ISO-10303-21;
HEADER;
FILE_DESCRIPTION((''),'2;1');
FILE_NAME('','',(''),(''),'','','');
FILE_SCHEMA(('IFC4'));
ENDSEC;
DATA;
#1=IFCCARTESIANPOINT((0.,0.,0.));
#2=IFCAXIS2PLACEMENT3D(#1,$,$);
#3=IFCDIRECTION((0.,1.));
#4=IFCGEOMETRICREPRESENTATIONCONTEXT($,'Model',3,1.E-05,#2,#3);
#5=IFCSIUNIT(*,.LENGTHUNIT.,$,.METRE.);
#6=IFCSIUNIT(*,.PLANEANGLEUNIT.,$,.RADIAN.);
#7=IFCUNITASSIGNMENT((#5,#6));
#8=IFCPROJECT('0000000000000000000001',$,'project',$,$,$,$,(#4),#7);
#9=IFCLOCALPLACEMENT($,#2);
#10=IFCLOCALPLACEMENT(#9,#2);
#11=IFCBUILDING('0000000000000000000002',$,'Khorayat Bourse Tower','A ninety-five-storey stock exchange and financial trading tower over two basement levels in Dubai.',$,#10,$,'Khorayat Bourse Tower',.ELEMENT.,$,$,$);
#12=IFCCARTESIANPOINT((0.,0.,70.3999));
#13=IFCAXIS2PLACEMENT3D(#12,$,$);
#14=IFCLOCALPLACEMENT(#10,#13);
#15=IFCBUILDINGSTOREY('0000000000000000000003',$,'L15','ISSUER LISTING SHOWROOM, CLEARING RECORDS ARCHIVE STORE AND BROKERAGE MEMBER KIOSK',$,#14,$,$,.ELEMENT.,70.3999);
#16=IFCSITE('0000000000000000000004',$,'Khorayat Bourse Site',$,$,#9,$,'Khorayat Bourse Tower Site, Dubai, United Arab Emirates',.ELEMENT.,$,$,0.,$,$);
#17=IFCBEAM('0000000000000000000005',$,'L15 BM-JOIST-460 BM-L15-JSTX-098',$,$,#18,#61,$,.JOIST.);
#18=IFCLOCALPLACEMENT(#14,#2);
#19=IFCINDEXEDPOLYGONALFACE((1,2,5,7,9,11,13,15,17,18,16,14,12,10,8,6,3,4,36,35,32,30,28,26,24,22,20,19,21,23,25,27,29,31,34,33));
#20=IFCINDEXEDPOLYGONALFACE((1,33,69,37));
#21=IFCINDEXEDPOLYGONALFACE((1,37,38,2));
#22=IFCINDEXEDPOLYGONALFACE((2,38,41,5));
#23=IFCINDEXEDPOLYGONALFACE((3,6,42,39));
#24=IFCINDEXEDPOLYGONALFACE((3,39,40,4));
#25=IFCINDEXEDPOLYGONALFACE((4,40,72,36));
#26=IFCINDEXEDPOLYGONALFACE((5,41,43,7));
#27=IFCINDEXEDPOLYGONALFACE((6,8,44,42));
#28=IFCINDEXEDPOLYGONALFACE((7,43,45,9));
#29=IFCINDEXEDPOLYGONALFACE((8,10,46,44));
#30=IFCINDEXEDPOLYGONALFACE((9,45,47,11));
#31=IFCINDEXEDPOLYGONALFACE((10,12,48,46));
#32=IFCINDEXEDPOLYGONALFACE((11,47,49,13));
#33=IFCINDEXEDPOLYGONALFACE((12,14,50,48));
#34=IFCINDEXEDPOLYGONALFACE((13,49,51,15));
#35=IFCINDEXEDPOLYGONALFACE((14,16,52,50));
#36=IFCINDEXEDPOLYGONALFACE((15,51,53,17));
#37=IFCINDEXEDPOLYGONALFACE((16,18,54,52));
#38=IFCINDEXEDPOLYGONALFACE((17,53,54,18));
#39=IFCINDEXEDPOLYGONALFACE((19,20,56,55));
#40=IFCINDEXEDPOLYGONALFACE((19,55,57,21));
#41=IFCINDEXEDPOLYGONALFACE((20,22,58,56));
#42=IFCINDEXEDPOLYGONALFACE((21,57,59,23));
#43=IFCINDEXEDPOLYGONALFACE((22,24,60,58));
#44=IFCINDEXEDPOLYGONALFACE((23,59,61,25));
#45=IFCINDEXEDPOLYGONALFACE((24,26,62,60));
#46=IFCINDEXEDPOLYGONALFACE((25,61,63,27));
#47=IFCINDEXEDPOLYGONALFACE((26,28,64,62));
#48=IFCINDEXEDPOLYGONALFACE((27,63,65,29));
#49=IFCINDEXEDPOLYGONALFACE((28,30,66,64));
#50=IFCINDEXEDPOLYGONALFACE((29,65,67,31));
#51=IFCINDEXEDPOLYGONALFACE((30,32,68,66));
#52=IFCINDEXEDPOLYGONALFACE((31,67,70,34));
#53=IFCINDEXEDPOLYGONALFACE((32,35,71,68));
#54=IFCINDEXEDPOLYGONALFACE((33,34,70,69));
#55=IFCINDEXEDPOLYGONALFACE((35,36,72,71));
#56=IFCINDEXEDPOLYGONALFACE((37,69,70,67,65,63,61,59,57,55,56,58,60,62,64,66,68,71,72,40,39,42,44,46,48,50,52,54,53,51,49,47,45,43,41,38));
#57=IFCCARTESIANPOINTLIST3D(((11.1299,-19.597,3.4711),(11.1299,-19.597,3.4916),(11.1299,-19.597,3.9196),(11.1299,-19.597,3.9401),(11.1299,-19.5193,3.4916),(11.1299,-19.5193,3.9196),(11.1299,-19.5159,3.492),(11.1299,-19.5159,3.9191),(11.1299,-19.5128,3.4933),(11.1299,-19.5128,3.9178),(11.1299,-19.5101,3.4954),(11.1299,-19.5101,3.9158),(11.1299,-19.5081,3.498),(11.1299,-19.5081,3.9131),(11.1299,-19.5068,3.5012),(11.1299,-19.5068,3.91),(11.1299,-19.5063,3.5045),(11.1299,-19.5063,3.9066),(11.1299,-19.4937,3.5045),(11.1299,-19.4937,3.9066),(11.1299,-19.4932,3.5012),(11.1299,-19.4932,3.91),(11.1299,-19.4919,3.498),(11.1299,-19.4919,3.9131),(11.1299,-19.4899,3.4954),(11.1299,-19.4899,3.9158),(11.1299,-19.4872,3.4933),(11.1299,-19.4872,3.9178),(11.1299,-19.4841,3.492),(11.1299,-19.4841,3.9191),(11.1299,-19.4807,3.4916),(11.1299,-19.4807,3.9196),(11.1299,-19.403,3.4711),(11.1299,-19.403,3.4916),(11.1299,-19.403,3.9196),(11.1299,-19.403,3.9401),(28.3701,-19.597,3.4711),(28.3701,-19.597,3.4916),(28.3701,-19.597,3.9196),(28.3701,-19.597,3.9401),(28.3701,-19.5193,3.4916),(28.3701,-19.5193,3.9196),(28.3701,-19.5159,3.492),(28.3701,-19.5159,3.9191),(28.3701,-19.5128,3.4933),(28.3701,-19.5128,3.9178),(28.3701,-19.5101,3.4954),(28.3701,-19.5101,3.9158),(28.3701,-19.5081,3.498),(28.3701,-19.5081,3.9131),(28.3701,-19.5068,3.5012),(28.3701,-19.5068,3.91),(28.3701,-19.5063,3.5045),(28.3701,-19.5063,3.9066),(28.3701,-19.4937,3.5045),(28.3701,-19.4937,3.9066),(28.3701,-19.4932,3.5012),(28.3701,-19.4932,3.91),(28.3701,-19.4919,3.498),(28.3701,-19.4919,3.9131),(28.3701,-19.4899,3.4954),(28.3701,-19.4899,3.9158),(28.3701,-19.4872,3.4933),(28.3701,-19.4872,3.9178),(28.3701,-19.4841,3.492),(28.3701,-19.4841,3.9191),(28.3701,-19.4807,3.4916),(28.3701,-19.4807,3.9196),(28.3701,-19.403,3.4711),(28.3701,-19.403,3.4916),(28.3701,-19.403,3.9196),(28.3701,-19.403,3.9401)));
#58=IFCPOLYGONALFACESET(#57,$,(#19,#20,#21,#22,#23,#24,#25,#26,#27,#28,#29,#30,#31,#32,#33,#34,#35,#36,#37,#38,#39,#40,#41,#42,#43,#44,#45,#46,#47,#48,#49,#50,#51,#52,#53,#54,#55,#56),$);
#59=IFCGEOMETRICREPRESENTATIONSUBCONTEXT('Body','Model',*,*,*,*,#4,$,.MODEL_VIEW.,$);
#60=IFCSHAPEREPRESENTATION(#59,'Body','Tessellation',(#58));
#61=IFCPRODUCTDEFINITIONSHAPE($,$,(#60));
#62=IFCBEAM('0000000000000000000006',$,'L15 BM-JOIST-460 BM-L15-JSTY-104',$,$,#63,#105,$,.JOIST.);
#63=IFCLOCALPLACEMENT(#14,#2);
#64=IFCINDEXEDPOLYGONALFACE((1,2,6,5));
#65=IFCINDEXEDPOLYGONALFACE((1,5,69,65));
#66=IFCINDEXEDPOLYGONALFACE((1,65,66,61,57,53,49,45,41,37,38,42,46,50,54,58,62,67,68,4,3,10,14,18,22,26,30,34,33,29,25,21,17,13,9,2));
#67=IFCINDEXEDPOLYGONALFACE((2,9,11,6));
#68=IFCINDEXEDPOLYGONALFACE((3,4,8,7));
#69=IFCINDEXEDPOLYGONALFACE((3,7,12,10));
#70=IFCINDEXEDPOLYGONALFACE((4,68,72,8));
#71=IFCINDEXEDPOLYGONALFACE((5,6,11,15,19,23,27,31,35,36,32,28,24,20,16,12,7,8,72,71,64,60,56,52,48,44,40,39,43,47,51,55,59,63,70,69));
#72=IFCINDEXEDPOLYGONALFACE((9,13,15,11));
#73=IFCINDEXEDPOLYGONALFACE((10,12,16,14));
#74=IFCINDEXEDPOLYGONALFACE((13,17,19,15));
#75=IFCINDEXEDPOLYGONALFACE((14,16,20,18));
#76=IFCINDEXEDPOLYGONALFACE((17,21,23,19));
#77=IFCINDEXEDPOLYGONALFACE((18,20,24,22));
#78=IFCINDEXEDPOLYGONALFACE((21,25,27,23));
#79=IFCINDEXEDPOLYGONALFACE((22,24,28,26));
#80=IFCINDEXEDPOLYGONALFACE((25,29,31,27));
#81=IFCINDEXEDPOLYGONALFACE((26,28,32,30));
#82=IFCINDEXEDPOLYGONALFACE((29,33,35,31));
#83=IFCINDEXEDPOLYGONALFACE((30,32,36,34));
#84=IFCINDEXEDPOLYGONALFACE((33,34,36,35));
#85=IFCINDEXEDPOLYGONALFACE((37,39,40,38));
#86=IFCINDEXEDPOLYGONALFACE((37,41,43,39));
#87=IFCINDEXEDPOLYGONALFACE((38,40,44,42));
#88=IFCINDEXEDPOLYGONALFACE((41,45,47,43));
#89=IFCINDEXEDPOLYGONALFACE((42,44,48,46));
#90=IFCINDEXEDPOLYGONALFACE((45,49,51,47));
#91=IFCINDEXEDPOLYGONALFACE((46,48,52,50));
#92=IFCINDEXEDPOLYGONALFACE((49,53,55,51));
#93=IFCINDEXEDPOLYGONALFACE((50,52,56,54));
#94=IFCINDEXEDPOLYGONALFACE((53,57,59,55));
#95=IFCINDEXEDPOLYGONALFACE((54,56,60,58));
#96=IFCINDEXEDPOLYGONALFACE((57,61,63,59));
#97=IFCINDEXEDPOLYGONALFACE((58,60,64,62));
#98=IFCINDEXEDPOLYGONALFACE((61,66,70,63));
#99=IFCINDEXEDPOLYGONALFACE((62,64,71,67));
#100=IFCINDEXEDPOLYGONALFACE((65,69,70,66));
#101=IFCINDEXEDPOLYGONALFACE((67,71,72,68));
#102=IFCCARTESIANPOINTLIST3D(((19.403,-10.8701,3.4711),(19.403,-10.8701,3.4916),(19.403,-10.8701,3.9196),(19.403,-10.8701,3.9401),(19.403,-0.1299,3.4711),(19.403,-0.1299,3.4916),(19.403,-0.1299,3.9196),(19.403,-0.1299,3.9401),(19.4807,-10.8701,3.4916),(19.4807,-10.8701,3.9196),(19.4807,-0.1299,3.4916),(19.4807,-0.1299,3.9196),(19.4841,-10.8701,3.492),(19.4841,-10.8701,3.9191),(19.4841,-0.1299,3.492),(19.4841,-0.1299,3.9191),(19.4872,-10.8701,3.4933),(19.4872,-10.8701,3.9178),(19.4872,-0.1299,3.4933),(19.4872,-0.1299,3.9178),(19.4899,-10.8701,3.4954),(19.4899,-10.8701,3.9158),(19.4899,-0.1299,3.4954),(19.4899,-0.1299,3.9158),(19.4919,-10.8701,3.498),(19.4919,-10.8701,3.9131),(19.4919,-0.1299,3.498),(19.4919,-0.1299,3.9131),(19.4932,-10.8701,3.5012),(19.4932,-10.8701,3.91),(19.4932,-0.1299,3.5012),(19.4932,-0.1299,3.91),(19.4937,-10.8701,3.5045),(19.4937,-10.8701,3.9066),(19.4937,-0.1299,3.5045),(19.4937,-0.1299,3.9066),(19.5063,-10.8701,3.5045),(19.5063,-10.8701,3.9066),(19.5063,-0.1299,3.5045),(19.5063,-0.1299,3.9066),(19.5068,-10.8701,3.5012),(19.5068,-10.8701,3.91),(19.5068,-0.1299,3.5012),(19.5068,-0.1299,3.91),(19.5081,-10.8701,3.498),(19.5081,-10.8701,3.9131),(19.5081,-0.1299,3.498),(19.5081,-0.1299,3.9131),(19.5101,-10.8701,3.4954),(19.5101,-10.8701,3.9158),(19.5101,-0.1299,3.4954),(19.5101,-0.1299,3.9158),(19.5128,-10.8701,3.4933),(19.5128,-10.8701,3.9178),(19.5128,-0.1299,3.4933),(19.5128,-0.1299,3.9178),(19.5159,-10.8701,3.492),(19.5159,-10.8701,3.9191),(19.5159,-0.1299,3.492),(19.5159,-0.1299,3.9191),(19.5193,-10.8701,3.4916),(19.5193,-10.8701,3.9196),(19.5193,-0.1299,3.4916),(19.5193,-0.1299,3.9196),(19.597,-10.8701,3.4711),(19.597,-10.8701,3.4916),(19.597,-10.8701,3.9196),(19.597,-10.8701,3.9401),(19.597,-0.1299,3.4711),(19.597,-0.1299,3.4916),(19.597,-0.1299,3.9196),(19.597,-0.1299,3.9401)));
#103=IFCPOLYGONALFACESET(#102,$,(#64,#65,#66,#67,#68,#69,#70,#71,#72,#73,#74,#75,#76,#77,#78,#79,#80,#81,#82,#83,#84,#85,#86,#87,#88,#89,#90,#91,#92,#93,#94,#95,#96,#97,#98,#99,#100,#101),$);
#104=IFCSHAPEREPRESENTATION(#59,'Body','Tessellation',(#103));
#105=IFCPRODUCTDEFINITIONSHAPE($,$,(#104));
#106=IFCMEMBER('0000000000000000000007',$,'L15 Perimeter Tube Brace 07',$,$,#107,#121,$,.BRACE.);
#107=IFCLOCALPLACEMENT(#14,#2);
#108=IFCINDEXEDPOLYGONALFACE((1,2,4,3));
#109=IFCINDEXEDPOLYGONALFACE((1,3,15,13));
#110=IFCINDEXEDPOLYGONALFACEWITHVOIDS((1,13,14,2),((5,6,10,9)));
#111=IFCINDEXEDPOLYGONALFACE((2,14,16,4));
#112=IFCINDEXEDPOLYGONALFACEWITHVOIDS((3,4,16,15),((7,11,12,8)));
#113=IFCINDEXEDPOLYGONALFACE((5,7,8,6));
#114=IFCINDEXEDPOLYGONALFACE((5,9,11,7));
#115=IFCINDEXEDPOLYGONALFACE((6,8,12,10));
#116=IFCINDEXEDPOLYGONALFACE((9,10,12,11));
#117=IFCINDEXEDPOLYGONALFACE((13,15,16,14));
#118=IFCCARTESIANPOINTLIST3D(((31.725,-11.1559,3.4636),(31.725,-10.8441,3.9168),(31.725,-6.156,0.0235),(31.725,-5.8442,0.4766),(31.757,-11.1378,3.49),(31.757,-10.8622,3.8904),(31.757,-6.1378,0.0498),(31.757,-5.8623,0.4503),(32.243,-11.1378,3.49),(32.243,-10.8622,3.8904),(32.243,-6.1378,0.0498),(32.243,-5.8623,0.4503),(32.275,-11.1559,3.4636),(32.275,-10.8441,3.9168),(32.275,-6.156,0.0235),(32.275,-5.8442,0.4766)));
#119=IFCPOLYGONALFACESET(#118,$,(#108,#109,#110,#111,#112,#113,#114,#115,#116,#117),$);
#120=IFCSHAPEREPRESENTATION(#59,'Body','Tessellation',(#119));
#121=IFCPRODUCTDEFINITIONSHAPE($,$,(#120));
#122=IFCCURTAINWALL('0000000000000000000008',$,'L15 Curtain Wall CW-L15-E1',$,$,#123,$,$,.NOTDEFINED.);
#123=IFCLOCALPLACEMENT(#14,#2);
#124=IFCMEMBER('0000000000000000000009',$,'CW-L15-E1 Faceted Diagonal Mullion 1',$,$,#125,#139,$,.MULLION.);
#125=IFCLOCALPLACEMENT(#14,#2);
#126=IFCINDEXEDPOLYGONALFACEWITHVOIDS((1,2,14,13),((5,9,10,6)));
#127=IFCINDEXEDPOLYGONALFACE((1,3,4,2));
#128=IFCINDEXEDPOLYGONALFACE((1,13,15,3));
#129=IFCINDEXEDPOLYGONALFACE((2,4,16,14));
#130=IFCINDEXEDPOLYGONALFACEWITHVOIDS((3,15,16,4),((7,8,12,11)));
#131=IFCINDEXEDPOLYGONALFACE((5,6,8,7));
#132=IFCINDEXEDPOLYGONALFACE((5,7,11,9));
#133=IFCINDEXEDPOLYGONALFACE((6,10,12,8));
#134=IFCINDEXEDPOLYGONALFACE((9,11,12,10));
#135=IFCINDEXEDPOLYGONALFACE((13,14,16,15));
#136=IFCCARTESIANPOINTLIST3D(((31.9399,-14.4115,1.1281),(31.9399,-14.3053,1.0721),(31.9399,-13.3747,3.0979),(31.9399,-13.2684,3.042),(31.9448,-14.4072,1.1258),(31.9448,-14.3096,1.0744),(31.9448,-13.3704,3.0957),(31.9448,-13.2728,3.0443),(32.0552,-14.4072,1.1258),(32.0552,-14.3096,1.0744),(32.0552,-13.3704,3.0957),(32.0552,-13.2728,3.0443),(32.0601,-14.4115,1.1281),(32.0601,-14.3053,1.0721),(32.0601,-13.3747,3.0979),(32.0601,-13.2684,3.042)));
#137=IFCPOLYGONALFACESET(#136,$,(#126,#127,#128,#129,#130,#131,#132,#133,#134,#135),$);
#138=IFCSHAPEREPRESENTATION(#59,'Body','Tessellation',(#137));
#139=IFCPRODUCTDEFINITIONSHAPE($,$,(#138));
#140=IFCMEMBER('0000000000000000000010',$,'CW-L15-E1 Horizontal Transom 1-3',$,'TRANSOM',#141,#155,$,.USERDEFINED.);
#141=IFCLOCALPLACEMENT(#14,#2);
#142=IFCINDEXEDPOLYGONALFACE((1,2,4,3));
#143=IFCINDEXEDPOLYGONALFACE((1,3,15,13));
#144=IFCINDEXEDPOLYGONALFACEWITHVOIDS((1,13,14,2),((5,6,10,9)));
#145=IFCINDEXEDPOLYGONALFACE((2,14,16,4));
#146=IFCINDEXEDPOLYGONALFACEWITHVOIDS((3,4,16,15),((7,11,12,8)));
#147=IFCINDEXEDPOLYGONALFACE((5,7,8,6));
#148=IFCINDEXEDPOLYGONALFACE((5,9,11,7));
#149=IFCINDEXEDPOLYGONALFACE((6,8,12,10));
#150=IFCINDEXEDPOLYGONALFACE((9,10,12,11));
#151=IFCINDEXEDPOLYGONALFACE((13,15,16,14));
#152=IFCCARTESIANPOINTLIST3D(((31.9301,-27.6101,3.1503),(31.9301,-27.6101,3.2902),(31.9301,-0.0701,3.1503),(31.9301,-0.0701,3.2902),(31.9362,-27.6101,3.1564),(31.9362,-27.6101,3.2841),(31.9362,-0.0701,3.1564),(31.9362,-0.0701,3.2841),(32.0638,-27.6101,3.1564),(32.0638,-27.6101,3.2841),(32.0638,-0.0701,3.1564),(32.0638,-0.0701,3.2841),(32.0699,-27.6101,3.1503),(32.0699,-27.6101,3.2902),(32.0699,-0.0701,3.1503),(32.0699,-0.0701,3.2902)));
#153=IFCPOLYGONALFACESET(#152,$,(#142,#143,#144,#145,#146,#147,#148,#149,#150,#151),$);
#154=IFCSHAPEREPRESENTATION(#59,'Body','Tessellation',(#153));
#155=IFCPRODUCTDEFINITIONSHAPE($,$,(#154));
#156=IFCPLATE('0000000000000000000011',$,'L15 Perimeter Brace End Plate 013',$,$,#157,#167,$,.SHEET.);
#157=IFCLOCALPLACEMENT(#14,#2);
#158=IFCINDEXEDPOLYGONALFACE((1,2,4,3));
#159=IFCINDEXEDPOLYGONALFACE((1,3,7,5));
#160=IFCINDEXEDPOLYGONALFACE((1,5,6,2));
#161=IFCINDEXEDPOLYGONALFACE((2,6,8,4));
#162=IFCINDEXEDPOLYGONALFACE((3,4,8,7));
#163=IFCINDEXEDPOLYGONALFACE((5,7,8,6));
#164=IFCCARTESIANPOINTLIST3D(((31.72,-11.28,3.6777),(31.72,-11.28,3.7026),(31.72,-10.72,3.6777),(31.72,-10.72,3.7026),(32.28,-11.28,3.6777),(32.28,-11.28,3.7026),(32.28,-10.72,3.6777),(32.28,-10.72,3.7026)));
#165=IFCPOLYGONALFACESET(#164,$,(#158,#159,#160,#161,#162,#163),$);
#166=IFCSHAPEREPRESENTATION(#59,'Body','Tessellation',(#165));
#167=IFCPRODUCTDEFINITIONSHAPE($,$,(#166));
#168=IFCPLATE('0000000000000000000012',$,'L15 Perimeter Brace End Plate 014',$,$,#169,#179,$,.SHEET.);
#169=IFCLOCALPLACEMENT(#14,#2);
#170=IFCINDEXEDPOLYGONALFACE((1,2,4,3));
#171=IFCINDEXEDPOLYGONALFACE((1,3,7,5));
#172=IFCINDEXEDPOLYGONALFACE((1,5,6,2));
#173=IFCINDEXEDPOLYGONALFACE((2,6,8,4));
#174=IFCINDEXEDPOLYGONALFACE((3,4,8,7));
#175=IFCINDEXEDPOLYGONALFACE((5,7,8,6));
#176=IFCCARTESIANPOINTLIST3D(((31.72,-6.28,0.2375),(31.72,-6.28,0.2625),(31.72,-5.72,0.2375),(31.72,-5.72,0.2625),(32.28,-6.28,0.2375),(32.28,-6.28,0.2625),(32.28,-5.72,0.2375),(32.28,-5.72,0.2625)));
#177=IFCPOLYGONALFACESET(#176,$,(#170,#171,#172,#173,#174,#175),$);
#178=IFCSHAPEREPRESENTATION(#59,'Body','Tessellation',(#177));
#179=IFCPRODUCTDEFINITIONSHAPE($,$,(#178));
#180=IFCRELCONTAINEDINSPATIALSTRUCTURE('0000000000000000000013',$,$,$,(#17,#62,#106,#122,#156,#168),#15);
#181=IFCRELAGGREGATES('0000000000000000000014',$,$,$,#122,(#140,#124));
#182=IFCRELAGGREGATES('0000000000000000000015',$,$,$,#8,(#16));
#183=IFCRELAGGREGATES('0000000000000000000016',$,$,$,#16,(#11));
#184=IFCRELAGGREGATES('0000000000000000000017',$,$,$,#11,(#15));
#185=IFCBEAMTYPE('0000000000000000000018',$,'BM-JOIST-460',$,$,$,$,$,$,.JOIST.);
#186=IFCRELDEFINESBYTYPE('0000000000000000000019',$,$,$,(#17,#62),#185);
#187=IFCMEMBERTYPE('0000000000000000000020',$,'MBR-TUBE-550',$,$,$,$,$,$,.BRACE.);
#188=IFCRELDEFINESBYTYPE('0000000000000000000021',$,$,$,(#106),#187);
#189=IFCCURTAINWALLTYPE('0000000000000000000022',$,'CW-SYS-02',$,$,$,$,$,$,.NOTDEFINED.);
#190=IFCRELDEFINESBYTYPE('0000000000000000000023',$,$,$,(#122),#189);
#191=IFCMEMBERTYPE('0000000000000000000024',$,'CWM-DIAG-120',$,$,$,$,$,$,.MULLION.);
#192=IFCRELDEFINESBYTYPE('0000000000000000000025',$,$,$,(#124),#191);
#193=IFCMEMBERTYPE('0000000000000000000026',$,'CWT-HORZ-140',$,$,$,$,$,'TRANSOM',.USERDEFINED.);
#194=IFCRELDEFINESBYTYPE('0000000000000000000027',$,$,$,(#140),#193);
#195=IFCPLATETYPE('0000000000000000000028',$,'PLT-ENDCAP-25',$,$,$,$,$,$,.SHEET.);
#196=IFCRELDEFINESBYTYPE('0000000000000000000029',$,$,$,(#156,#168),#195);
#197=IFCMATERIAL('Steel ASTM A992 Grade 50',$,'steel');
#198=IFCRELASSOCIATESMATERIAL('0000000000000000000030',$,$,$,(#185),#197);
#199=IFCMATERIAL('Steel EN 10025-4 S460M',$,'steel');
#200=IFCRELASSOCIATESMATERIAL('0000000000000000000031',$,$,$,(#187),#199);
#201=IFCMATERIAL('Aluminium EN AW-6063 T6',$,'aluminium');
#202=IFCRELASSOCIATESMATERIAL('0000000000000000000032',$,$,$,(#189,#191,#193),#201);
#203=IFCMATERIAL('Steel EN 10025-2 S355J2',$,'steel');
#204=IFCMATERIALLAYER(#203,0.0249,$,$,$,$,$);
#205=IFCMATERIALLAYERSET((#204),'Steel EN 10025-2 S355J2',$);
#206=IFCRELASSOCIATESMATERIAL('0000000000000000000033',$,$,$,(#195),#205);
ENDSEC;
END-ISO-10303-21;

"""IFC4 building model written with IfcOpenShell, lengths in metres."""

from ifc_helpers import new_model, si_unit, direction, frame, origin, origin_2d, place, context, subcontext, project, spatial, rectangle, hollow_rectangle, i_section, extrude, source, transform, mapped, material, layer, layer_set, material_profile, profile_set, type_object, element, aggregate, save


model = new_model("IFC4")

# Units and contexts
model_context = context("Model", 3, precision=1e-05, world=origin(), true_north=direction((0.0, 1.0)))
body_context = subcontext(model_context, "Body", "Model", "MODEL_VIEW")
ifc_project = project(units=[si_unit("LENGTHUNIT", "METRE"), si_unit("PLANEANGLEUNIT", "RADIAN")], contexts=[model_context])

# Site, building, storey
site_placement = place(None, origin())
site = spatial("IfcSite", under=ifc_project, at=site_placement, Name="Khorayat Bourse Site", LongName="Khorayat Bourse Tower Site, Dubai, United Arab Emirates", CompositionType="ELEMENT", RefElevation=0.0)
building_placement = place(site_placement, origin())
building = spatial("IfcBuilding", under=site, at=building_placement, Name="Khorayat Bourse Tower", Description="A ninety-five-storey stock exchange and financial trading tower over two basement levels in Dubai.", LongName="Khorayat Bourse Tower", CompositionType="ELEMENT")
storey_placement = place(building_placement, frame((0.0, 0.0, 70.3999)))
storey = spatial("IfcBuildingStorey", under=building, at=storey_placement, Name="L15", Description="ISSUER LISTING SHOWROOM, CLEARING RECORDS ARCHIVE STORE AND BROKERAGE MEMBER KIOSK", CompositionType="ELEMENT", Elevation=70.3999)

# Shared definitions
ifc_material_1 = material(Name="Steel EN 10025-4 S460M", Category="steel")

# Beams
ifc_material_2 = material(Name="Steel ASTM A992 Grade 50", Category="steel")
ifc_material_profile_1 = material_profile(ifc_material_2, i_section(OverallWidth=0.1941, OverallDepth=0.469, WebThickness=0.0127, FlangeThickness=0.0205, FilletRadius=0.0129, at=origin_2d()), Name="W460X106")
ifc_profile_set_1 = profile_set([ifc_material_profile_1], Name="Steel ASTM A992 Grade 50")
beam_type_1 = type_object("IfcBeamType", Name="BM-JOIST-460", PredefinedType="JOIST", material=ifc_profile_set_1)
shared_shape_1 = source(origin(), body_context, "Body", "SweptSolid", [
    extrude(i_section(OverallWidth=0.1941, OverallDepth=0.469, WebThickness=0.0127, FlangeThickness=0.0205, FilletRadius=0.0129, at=origin_2d()), origin(), (0.0, 0.0, 1.0), 17.2402),
])
beam_1_placement = place(storey_placement, frame((11.1299, -19.5, 3.7056), z_axis=(1.0, 0.0, 0.0), x_axis=(0.0, 1.0, 0.0)))
element("IfcBeam", 1, at=beam_1_placement, inside=storey, type_object=beam_type_1, Name="L15 BM-JOIST-460 BM-L15-JSTX-098", PredefinedType="JOIST", context=body_context, shape_type="MappedRepresentation", body=[
    mapped(shared_shape_1, transform((0.0, 0.0, 0.0), scale=1.0)),
])
shared_shape_2 = source(origin(), body_context, "Body", "SweptSolid", [
    extrude(i_section(OverallWidth=0.1941, OverallDepth=0.469, WebThickness=0.0127, FlangeThickness=0.0205, FilletRadius=0.0129, at=origin_2d()), origin(), (0.0, 0.0, 1.0), 10.7402),
])
beam_2_placement = place(storey_placement, frame((19.5, -10.8701, 3.7056), z_axis=(0.0, 1.0, 0.0), x_axis=(-1.0, 0.0, 0.0)))
element("IfcBeam", 2, at=beam_2_placement, inside=storey, type_object=beam_type_1, Name="L15 BM-JOIST-460 BM-L15-JSTY-104", PredefinedType="JOIST", context=body_context, shape_type="MappedRepresentation", body=[
    mapped(shared_shape_2, transform((0.0, 0.0, 0.0), scale=1.0)),
])

# Member
ifc_material_profile_2 = material_profile(ifc_material_1, hollow_rectangle(XDim=0.55, YDim=0.55, WallThickness=0.032, at=origin_2d()), Name="HSS 550x550x32")
ifc_profile_set_2 = profile_set([ifc_material_profile_2], Name="Steel EN 10025-4 S460M")
member_type_1 = type_object("IfcMemberType", Name="MBR-TUBE-550", PredefinedType="BRACE", material=ifc_profile_set_2)
shared_shape_3 = source(origin(), body_context, "Body", "SweptSolid", [
    extrude(hollow_rectangle(XDim=0.55, YDim=0.55, WallThickness=0.032, at=origin_2d()), origin(), (0.0, 0.0, 1.0), 6.0691),
])
member_1_placement = place(storey_placement, frame((32.0, -11.0, 3.6902), z_axis=(0.0, 0.823835, -0.566829), x_axis=(-1.0, 0.0, 0.0)))
element("IfcMember", 3, at=member_1_placement, inside=storey, type_object=member_type_1, Name="L15 Perimeter Tube Brace 07", PredefinedType="BRACE", context=body_context, shape_type="MappedRepresentation", body=[
    mapped(shared_shape_3, transform((0.0, 0.0, 0.0), scale=1.0)),
])

# Curtain wall, members
ifc_material_3 = material(Name="Aluminium EN AW-6063 T6", Category="aluminium")
curtain_wall_type = type_object("IfcCurtainWallType", Name="CW-SYS-02", PredefinedType="NOTDEFINED", material=ifc_material_3)
curtain_wall_placement = place(storey_placement, origin())
curtain_wall = element("IfcCurtainWall", 4, at=curtain_wall_placement, inside=storey, type_object=curtain_wall_type, Name="L15 Curtain Wall CW-L15-E1", PredefinedType="NOTDEFINED")
ifc_material_profile_3 = material_profile(ifc_material_3, hollow_rectangle(XDim=0.1201, YDim=0.1201, WallThickness=0.0049, at=origin_2d()), Name="ALU 120x120x5")
ifc_profile_set_3 = profile_set([ifc_material_profile_3], Name="Aluminium EN AW-6063 T6")
member_type_2 = type_object("IfcMemberType", Name="CWM-DIAG-120", PredefinedType="MULLION", material=ifc_profile_set_3)
shared_shape_4 = source(origin(), body_context, "Body", "SweptSolid", [
    extrude(hollow_rectangle(XDim=0.1201, YDim=0.1201, WallThickness=0.0049, at=origin_2d()), origin(), (0.0, 0.0, 1.0), 2.2261),
])
member_2_placement = place(storey_placement, frame((32.0, -14.3584, 1.1001), z_axis=(0.0, 0.46576, 0.884911), x_axis=(-1.0, 0.0, 0.0)))
member_2 = element("IfcMember", 5, at=member_2_placement, type_object=member_type_2, Name="CW-L15-E1 Faceted Diagonal Mullion 1", PredefinedType="MULLION", context=body_context, shape_type="MappedRepresentation", body=[
    mapped(shared_shape_4, transform((0.0, 0.0, 0.0), scale=1.0)),
])
ifc_material_profile_4 = material_profile(ifc_material_3, hollow_rectangle(XDim=0.1399, YDim=0.1399, WallThickness=0.0061, at=origin_2d()), Name="ALU 140x140x6")
ifc_profile_set_4 = profile_set([ifc_material_profile_4], Name="Aluminium EN AW-6063 T6")
member_type_3 = type_object("IfcMemberType", Name="CWT-HORZ-140", ElementType="TRANSOM", PredefinedType="USERDEFINED", material=ifc_profile_set_4)
shared_shape_5 = source(origin(), body_context, "Body", "SweptSolid", [
    extrude(hollow_rectangle(XDim=0.1399, YDim=0.1399, WallThickness=0.0061, at=origin_2d()), origin(), (0.0, 0.0, 1.0), 27.54),
])
member_3_placement = place(storey_placement, frame((32.0, -27.6101, 3.2202), z_axis=(0.0, 1.0, 0.0), x_axis=(-1.0, 0.0, 0.0)))
member_3 = element("IfcMember", 6, at=member_3_placement, type_object=member_type_3, Name="CW-L15-E1 Horizontal Transom 1-3", ObjectType="TRANSOM", PredefinedType="USERDEFINED", context=body_context, shape_type="MappedRepresentation", body=[
    mapped(shared_shape_5, transform((0.0, 0.0, 0.0), scale=1.0)),
])

# Plates
ifc_material_4 = material(Name="Steel EN 10025-2 S355J2", Category="steel")
ifc_layer_1 = layer(ifc_material_4, 0.0249)
ifc_layer_set_1 = layer_set([ifc_layer_1], Name="Steel EN 10025-2 S355J2")
plate_type_1 = type_object("IfcPlateType", Name="PLT-ENDCAP-25", PredefinedType="SHEET", material=ifc_layer_set_1)
shared_shape_6 = source(origin(), body_context, "Body", "SweptSolid", [
    extrude(rectangle(XDim=0.5601, YDim=0.5601, at=origin_2d()), origin(), (0.0, 0.0, 1.0), 0.0249),
])
for number, where, z_axis, x_axis, name in (
    (7, (32.0, -11.0, 3.6777), (0.0, 0.0, 1.0), (1.0, 0.0, 0.0), "L15 Perimeter Brace End Plate 013"),
    (8, (32.0, -6.0, 0.2375), (0.0, 0.0, 1.0), (1.0, 0.0, 0.0), "L15 Perimeter Brace End Plate 014"),
):
    element("IfcPlate", number, at=place(storey_placement, frame(where, z_axis=z_axis, x_axis=x_axis)), inside=storey, type_object=plate_type_1, Name=name, PredefinedType="SHEET", context=body_context, shape_type="MappedRepresentation", body=[
        mapped(shared_shape_6, transform((0.0, 0.0, 0.0), scale=1.0)),
    ])

aggregate(curtain_wall, [member_3, member_2])

save(model, "model.ifc")
